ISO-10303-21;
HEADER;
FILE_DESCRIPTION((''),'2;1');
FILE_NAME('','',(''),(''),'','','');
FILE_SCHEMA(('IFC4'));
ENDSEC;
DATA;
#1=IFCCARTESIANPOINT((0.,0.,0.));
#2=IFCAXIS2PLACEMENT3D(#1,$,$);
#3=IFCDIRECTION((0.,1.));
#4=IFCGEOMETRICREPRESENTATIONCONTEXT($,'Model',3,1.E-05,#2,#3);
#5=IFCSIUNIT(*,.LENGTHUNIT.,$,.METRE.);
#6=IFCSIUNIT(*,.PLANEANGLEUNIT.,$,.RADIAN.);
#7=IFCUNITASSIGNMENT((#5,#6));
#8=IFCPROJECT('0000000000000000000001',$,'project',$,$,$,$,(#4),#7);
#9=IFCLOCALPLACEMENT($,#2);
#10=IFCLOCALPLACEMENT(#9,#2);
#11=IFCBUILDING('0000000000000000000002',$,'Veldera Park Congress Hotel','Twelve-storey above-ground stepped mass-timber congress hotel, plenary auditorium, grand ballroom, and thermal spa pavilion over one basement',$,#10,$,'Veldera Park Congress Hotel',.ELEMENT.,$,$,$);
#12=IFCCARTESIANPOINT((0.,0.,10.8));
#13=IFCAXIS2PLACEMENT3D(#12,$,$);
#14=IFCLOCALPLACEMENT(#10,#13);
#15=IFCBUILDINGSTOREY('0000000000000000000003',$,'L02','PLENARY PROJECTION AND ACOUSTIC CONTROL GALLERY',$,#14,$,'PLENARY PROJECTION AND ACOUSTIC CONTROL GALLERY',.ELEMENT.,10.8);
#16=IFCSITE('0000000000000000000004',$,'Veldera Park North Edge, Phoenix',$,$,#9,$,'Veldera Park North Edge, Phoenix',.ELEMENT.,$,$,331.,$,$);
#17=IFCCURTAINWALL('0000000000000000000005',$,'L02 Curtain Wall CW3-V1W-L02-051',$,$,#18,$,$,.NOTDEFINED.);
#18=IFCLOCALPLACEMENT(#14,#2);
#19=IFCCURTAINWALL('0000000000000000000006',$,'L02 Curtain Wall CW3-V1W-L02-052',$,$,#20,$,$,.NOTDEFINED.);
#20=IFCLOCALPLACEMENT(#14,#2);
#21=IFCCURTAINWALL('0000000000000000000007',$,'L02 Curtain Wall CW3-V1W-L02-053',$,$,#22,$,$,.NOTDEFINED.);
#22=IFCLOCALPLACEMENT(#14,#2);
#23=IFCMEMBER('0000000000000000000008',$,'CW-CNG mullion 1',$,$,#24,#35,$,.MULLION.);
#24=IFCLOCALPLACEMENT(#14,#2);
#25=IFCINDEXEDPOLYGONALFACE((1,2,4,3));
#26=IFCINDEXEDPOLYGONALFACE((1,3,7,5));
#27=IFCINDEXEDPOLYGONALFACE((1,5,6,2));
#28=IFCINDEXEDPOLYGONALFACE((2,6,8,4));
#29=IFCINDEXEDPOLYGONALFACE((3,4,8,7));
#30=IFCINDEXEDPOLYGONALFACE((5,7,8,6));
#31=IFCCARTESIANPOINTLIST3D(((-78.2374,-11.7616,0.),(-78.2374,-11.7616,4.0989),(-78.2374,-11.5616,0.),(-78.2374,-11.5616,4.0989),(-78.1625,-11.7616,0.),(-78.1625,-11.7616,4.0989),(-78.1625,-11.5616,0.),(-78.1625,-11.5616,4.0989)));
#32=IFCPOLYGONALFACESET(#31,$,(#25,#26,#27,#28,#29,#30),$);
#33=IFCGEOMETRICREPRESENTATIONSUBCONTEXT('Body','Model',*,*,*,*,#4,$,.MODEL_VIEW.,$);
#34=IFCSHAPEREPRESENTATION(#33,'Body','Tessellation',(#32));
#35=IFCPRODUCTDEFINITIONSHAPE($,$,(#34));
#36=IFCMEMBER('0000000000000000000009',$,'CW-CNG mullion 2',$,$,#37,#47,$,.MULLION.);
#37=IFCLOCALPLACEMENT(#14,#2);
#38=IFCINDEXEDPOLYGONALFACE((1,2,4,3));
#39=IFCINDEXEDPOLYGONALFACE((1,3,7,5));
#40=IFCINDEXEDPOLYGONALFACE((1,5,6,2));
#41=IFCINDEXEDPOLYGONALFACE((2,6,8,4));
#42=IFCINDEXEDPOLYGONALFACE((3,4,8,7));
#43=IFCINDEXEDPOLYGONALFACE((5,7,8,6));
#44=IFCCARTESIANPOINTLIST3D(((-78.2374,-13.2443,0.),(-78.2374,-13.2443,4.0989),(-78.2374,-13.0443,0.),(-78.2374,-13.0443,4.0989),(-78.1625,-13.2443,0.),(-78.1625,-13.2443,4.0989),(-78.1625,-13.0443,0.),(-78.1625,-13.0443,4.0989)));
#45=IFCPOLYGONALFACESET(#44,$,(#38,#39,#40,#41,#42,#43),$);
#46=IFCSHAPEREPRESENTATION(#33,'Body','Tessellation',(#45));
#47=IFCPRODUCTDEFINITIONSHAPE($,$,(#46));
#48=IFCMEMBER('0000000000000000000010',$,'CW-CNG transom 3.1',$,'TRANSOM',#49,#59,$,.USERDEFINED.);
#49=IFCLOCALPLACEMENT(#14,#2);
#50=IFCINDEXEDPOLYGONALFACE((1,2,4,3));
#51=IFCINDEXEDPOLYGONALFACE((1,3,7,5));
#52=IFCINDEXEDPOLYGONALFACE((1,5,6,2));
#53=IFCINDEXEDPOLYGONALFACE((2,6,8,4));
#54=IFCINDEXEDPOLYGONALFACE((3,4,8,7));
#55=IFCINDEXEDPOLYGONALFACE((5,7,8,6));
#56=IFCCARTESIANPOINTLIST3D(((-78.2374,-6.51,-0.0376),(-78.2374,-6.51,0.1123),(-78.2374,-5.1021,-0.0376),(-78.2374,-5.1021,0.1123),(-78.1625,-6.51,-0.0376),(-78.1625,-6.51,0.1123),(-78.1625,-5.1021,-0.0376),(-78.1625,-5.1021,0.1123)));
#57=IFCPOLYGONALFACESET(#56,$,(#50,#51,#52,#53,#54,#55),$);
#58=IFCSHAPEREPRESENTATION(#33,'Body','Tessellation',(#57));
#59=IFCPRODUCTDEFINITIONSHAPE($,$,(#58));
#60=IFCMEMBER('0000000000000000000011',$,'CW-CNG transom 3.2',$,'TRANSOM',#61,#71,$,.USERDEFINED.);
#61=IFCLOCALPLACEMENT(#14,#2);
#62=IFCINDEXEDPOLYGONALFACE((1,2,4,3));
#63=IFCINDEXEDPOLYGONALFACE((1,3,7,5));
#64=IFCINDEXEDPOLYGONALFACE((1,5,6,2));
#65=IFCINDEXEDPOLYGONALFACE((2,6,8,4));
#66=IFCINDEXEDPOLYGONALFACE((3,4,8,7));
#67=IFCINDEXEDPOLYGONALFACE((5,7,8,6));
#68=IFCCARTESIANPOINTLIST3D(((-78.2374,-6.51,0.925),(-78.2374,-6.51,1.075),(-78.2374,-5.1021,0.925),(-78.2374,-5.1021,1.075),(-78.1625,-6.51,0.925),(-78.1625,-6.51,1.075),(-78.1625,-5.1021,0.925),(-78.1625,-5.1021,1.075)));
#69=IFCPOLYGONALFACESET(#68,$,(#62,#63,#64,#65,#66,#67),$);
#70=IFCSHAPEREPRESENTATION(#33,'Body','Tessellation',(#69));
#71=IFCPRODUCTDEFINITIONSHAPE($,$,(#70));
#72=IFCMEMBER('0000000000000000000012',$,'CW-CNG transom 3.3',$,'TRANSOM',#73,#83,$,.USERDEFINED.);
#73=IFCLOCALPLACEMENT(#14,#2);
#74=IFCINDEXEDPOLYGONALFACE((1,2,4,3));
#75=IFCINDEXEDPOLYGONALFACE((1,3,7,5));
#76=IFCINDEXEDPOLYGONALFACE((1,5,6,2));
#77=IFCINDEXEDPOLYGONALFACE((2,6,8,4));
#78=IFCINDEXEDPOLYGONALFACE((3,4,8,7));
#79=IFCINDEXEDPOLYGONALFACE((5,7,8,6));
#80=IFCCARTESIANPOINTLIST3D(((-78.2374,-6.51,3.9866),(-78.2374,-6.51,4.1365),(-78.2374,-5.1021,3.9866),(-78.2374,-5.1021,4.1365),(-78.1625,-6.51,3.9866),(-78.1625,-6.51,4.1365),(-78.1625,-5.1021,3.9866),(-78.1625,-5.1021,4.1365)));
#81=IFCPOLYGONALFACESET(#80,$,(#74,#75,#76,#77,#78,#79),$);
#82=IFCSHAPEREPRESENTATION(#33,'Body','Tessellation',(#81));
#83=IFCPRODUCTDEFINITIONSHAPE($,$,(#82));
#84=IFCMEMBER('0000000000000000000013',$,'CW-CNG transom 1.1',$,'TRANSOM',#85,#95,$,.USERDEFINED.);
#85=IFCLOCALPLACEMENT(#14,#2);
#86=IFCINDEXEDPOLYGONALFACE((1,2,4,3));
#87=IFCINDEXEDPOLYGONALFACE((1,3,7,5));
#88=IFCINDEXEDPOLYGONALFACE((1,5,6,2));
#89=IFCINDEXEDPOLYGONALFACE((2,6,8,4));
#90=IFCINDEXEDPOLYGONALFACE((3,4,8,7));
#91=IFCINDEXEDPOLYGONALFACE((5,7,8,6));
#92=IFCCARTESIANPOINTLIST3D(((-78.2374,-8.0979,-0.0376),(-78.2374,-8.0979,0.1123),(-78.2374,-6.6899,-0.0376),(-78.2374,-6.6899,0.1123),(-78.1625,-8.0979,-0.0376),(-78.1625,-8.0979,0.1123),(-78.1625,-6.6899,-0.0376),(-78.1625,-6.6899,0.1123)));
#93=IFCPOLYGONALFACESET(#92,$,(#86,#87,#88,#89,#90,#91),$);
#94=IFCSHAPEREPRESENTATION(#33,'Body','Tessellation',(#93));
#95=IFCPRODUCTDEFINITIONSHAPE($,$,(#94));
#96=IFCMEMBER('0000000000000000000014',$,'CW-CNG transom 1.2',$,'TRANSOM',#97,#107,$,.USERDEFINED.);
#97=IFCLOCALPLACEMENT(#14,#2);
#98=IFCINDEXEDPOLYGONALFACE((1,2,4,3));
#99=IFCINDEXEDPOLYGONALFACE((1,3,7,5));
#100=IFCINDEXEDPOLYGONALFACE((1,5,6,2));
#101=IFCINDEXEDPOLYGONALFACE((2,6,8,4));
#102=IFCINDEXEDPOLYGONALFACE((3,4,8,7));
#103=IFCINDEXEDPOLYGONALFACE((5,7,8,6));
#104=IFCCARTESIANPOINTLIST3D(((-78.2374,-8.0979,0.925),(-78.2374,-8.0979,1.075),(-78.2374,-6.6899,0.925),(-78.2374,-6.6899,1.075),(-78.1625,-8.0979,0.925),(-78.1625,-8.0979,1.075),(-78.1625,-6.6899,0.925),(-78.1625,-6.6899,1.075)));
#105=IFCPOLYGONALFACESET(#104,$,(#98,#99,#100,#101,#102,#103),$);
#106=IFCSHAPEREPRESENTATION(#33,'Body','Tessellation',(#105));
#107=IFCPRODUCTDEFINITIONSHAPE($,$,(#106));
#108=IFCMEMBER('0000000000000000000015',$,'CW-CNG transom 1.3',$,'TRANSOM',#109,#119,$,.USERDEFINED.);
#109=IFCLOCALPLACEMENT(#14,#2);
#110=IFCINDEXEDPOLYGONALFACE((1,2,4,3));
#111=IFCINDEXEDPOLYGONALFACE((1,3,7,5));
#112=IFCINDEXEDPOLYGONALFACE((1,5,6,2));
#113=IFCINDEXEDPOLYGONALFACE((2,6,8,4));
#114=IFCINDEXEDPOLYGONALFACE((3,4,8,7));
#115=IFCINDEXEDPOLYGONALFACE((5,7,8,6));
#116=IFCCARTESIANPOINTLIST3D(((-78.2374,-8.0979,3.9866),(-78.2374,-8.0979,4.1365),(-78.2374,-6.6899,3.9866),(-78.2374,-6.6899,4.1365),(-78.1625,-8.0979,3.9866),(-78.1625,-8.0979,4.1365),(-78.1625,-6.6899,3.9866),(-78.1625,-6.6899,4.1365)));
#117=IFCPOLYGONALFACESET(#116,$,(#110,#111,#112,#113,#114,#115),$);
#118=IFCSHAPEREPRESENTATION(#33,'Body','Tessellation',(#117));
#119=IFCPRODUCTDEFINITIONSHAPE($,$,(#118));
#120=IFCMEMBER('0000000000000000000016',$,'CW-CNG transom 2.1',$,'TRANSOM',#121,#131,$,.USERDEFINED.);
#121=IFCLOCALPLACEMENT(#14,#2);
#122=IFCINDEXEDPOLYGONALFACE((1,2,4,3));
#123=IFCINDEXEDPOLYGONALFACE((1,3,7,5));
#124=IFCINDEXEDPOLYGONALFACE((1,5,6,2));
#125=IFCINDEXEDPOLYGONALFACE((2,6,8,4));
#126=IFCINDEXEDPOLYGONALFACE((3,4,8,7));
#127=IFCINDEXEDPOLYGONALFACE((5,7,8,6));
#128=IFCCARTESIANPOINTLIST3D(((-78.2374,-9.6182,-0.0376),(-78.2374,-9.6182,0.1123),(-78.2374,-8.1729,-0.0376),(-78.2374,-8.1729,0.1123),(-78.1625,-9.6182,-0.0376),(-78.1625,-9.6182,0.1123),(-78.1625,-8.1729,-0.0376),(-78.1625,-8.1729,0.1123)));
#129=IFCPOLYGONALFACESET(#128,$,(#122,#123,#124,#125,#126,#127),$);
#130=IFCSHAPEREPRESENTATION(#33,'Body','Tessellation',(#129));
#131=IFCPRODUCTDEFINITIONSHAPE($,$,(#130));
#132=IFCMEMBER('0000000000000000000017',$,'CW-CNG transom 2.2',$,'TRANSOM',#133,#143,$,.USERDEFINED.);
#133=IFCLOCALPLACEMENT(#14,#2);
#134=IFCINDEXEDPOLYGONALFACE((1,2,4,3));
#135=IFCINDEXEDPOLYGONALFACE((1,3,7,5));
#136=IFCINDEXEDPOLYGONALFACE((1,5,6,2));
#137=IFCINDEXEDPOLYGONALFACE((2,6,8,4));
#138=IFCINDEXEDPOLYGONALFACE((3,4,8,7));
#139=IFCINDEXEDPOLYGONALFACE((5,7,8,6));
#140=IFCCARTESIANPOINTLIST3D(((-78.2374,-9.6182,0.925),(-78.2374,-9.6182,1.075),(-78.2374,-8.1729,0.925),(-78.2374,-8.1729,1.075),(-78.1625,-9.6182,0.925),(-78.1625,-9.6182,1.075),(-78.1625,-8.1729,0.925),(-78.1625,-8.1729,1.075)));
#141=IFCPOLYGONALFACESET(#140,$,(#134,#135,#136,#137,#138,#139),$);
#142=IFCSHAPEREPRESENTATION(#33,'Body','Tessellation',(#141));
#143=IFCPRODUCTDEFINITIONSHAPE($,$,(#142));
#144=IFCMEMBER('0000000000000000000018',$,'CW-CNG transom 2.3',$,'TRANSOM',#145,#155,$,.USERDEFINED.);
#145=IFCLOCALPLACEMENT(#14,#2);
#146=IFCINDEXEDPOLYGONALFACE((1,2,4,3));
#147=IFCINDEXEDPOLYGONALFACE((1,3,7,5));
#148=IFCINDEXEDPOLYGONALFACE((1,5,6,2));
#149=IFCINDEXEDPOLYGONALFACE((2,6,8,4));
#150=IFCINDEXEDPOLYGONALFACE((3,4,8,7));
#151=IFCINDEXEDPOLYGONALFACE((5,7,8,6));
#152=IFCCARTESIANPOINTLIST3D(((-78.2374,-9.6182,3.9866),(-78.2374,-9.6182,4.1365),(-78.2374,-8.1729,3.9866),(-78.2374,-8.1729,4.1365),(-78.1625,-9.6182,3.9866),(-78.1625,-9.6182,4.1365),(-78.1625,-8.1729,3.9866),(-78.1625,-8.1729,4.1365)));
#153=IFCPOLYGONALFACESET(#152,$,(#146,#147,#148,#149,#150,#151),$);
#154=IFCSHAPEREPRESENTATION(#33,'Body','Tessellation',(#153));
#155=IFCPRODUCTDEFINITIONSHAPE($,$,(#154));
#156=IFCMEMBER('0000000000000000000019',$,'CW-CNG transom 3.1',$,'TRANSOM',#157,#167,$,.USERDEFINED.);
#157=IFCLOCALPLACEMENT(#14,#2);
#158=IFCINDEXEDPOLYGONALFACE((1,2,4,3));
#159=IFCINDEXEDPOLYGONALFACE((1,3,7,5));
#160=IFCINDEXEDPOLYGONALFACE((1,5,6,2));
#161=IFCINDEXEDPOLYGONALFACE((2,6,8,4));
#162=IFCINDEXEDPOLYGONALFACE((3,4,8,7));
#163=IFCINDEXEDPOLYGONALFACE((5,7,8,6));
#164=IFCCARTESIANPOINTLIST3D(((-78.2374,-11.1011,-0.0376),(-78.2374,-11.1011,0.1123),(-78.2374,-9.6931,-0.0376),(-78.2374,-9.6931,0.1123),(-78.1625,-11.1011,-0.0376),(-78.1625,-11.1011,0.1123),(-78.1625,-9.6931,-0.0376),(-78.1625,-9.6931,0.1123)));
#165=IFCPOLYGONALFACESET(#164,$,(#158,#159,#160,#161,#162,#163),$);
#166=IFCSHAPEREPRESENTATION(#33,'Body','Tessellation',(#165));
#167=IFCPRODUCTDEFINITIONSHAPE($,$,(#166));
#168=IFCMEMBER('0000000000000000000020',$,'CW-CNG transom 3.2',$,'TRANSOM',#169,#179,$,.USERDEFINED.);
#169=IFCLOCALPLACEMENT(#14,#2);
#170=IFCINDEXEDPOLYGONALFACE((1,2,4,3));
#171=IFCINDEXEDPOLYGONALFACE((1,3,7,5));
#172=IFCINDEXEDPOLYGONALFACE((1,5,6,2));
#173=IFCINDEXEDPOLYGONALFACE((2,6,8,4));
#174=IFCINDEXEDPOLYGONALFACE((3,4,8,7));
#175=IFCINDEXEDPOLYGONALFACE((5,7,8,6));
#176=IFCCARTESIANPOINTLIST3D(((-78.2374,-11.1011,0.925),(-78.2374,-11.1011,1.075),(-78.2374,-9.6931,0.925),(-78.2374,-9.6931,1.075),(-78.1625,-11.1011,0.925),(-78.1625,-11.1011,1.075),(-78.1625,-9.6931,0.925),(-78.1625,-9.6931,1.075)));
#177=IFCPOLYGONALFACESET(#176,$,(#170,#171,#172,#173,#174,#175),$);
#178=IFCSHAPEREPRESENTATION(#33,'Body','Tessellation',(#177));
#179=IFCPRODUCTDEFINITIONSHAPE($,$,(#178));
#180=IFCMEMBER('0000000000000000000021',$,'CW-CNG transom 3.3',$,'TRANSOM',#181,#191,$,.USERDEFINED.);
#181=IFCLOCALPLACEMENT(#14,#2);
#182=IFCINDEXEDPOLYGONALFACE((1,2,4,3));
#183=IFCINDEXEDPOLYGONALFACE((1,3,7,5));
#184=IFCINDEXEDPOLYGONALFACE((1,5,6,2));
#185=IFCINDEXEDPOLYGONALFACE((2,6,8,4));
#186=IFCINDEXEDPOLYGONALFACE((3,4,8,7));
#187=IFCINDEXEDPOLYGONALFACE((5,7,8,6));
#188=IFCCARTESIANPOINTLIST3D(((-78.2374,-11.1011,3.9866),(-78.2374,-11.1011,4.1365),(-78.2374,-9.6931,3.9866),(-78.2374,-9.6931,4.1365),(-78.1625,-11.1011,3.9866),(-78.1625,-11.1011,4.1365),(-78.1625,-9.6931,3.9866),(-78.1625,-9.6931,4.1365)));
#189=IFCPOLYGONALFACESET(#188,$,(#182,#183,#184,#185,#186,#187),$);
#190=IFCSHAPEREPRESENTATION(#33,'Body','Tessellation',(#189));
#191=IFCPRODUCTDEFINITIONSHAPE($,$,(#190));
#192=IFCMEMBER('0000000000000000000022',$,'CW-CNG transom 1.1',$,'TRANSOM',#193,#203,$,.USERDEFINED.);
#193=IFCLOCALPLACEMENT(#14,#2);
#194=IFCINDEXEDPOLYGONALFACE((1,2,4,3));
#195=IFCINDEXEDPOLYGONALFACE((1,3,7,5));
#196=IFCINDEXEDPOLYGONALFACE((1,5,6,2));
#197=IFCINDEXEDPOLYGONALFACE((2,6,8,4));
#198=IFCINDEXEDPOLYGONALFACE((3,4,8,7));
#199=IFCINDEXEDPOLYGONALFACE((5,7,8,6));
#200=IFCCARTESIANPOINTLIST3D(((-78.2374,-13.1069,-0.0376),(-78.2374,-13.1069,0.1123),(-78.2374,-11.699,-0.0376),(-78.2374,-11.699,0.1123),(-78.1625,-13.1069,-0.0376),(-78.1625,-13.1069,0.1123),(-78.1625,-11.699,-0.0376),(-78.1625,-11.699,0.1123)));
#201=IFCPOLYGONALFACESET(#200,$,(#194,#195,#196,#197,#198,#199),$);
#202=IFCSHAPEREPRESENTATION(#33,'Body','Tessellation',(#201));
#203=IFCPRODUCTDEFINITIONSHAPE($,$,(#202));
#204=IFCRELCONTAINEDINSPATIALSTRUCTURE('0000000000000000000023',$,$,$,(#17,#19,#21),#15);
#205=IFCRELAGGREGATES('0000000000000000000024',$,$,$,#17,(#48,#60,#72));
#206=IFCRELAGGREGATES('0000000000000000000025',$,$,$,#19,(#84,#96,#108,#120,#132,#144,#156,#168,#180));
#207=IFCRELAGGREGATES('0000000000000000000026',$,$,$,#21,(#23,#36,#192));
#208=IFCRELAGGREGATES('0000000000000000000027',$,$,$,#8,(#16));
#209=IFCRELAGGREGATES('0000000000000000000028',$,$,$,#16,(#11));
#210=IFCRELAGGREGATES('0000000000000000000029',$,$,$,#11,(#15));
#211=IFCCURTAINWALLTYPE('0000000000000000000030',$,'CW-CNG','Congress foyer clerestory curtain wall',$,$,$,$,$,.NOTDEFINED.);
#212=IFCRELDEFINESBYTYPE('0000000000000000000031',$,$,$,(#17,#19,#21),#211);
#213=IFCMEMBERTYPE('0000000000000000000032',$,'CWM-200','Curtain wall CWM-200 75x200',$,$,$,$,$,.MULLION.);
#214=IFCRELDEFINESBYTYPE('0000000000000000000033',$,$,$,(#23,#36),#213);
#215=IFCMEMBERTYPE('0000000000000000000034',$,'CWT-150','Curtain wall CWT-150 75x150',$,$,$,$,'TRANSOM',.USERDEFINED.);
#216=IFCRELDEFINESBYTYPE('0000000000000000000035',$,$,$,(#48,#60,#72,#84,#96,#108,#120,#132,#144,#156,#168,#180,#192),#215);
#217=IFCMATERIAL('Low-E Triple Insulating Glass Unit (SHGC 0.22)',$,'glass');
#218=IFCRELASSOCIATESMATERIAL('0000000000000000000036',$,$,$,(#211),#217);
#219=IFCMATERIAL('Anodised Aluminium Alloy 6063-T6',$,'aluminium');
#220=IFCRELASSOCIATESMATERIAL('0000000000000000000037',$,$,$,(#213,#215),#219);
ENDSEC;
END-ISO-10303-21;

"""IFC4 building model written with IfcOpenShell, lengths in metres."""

from ifc_helpers import new_model, si_unit, direction, frame, origin, origin_2d, place, context, subcontext, project, spatial, rectangle, extrude, material, material_profile, profile_set, type_object, element, aggregate, save


model = new_model("IFC4")

# Units and contexts
model_context = context("Model", 3, precision=1e-05, world=origin(), true_north=direction((0.0, 1.0)))
body_context = subcontext(model_context, "Body", "Model", "MODEL_VIEW")
ifc_project = project(units=[si_unit("LENGTHUNIT", "METRE"), si_unit("PLANEANGLEUNIT", "RADIAN")], contexts=[model_context])

# Site, building, storey
site_placement = place(None, origin())
site = spatial("IfcSite", under=ifc_project, at=site_placement, Name="Veldera Park North Edge, Phoenix", LongName="Veldera Park North Edge, Phoenix", CompositionType="ELEMENT", RefElevation=331.0)
building_placement = place(site_placement, origin())
building = spatial("IfcBuilding", under=site, at=building_placement, Name="Veldera Park Congress Hotel", Description="Twelve-storey above-ground stepped mass-timber congress hotel, plenary auditorium, grand ballroom, and thermal spa pavilion over one basement", LongName="Veldera Park Congress Hotel", CompositionType="ELEMENT")
storey_placement = place(building_placement, frame((0.0, 0.0, 10.8)))
storey = spatial("IfcBuildingStorey", under=building, at=storey_placement, Name="L02", Description="PLENARY PROJECTION AND ACOUSTIC CONTROL GALLERY", LongName="PLENARY PROJECTION AND ACOUSTIC CONTROL GALLERY", CompositionType="ELEMENT", Elevation=10.8)

# Curtain walls, members
ifc_material_1 = material(Name="Low-E Triple Insulating Glass Unit (SHGC 0.22)", Category="glass")
curtain_wall_type = type_object("IfcCurtainWallType", Name="CW-CNG", Description="Congress foyer clerestory curtain wall", PredefinedType="NOTDEFINED", material=ifc_material_1)
curtain_wall_1_placement = place(storey_placement, origin())
curtain_wall_1 = element("IfcCurtainWall", 1, at=curtain_wall_1_placement, inside=storey, type_object=curtain_wall_type, Name="L02 Curtain Wall CW3-V1W-L02-051", PredefinedType="NOTDEFINED")
ifc_material_2 = material(Name="Anodised Aluminium Alloy 6063-T6", Category="aluminium")
ifc_material_profile_1 = material_profile(ifc_material_2, rectangle(XDim=0.075, YDim=0.2, at=origin_2d()), Name="ALU 75x200")
ifc_profile_set_1 = profile_set([ifc_material_profile_1], Name="Anodised Aluminium Alloy 6063-T6")
member_type_1 = type_object("IfcMemberType", Name="CWM-200", Description="Curtain wall CWM-200 75x200", PredefinedType="MULLION", material=ifc_profile_set_1)
curtain_wall_2_placement = place(storey_placement, origin())
curtain_wall_2 = element("IfcCurtainWall", 2, at=curtain_wall_2_placement, inside=storey, type_object=curtain_wall_type, Name="L02 Curtain Wall CW3-V1W-L02-052", PredefinedType="NOTDEFINED")
curtain_wall_3_placement = place(storey_placement, origin())
curtain_wall_3 = element("IfcCurtainWall", 3, at=curtain_wall_3_placement, inside=storey, type_object=curtain_wall_type, Name="L02 Curtain Wall CW3-V1W-L02-053", PredefinedType="NOTDEFINED")
member_1_placement = place(storey_placement, frame((-78.2, -11.6616, 0.0), z_axis=(0.0, 0.0, 1.0), x_axis=(1.0, 0.0, 0.0)))
member_1 = element("IfcMember", 4, at=member_1_placement, type_object=member_type_1, Name="CW-CNG mullion 1", PredefinedType="MULLION", context=body_context, shape_type="SweptSolid", body=[
    extrude(rectangle(XDim=0.075, YDim=0.2, at=origin_2d()), origin(), (0.0, 0.0, 1.0), 4.0989),
])
member_2_placement = place(storey_placement, frame((-78.2, -13.1443, 0.0), z_axis=(0.0, 0.0, 1.0), x_axis=(1.0, 0.0, 0.0)))
member_2 = element("IfcMember", 5, at=member_2_placement, type_object=member_type_1, Name="CW-CNG mullion 2", PredefinedType="MULLION", context=body_context, shape_type="SweptSolid", body=[
    extrude(rectangle(XDim=0.075, YDim=0.2, at=origin_2d()), origin(), (0.0, 0.0, 1.0), 4.0989),
])

# Members
ifc_material_profile_2 = material_profile(ifc_material_2, rectangle(XDim=0.075, YDim=0.1499, at=origin_2d()), Name="ALU 75x150")
ifc_profile_set_2 = profile_set([ifc_material_profile_2], Name="Anodised Aluminium Alloy 6063-T6")
member_type_2 = type_object("IfcMemberType", Name="CWT-150", Description="Curtain wall CWT-150 75x150", ElementType="TRANSOM", PredefinedType="USERDEFINED", material=ifc_profile_set_2)
member_3_placement = place(storey_placement, frame((-78.2, -5.1021, 0.0374), z_axis=(0.0, -1.0, 0.0), x_axis=(1.0, 0.0, 0.0)))
member_3 = element("IfcMember", 6, at=member_3_placement, type_object=member_type_2, Name="CW-CNG transom 3.1", ObjectType="TRANSOM", PredefinedType="USERDEFINED", context=body_context, shape_type="SweptSolid", body=[
    extrude(rectangle(XDim=0.075, YDim=0.1499, at=origin_2d()), origin(), (0.0, 0.0, 1.0), 1.408),
])
member_4_placement = place(storey_placement, frame((-78.2, -5.1021, 1.0), z_axis=(0.0, -1.0, 0.0), x_axis=(1.0, 0.0, 0.0)))
member_4 = element("IfcMember", 7, at=member_4_placement, type_object=member_type_2, Name="CW-CNG transom 3.2", ObjectType="TRANSOM", PredefinedType="USERDEFINED", context=body_context, shape_type="SweptSolid", body=[
    extrude(rectangle(XDim=0.075, YDim=0.1499, at=origin_2d()), origin(), (0.0, 0.0, 1.0), 1.408),
])
member_5_placement = place(storey_placement, frame((-78.2, -5.1021, 4.0615), z_axis=(0.0, -1.0, 0.0), x_axis=(1.0, 0.0, 0.0)))
member_5 = element("IfcMember", 8, at=member_5_placement, type_object=member_type_2, Name="CW-CNG transom 3.3", ObjectType="TRANSOM", PredefinedType="USERDEFINED", context=body_context, shape_type="SweptSolid", body=[
    extrude(rectangle(XDim=0.075, YDim=0.1499, at=origin_2d()), origin(), (0.0, 0.0, 1.0), 1.408),
])
member_6_placement = place(storey_placement, frame((-78.2, -6.6899, 0.0374), z_axis=(0.0, -1.0, 0.0), x_axis=(1.0, 0.0, 0.0)))
member_6 = element("IfcMember", 9, at=member_6_placement, type_object=member_type_2, Name="CW-CNG transom 1.1", ObjectType="TRANSOM", PredefinedType="USERDEFINED", context=body_context, shape_type="SweptSolid", body=[
    extrude(rectangle(XDim=0.075, YDim=0.1499, at=origin_2d()), origin(), (0.0, 0.0, 1.0), 1.408),
])
member_7_placement = place(storey_placement, frame((-78.2, -6.6899, 1.0), z_axis=(0.0, -1.0, 0.0), x_axis=(1.0, 0.0, 0.0)))
member_7 = element("IfcMember", 10, at=member_7_placement, type_object=member_type_2, Name="CW-CNG transom 1.2", ObjectType="TRANSOM", PredefinedType="USERDEFINED", context=body_context, shape_type="SweptSolid", body=[
    extrude(rectangle(XDim=0.075, YDim=0.1499, at=origin_2d()), origin(), (0.0, 0.0, 1.0), 1.408),
])
member_8_placement = place(storey_placement, frame((-78.2, -6.6899, 4.0615), z_axis=(0.0, -1.0, 0.0), x_axis=(1.0, 0.0, 0.0)))
member_8 = element("IfcMember", 11, at=member_8_placement, type_object=member_type_2, Name="CW-CNG transom 1.3", ObjectType="TRANSOM", PredefinedType="USERDEFINED", context=body_context, shape_type="SweptSolid", body=[
    extrude(rectangle(XDim=0.075, YDim=0.1499, at=origin_2d()), origin(), (0.0, 0.0, 1.0), 1.408),
])
member_9_placement = place(storey_placement, frame((-78.2, -8.1729, 0.0374), z_axis=(0.0, -1.0, 0.0), x_axis=(1.0, 0.0, 0.0)))
member_9 = element("IfcMember", 12, at=member_9_placement, type_object=member_type_2, Name="CW-CNG transom 2.1", ObjectType="TRANSOM", PredefinedType="USERDEFINED", context=body_context, shape_type="SweptSolid", body=[
    extrude(rectangle(XDim=0.075, YDim=0.1499, at=origin_2d()), origin(), (0.0, 0.0, 1.0), 1.4453),
])
member_10_placement = place(storey_placement, frame((-78.2, -8.1729, 1.0), z_axis=(0.0, -1.0, 0.0), x_axis=(1.0, 0.0, 0.0)))
member_10 = element("IfcMember", 13, at=member_10_placement, type_object=member_type_2, Name="CW-CNG transom 2.2", ObjectType="TRANSOM", PredefinedType="USERDEFINED", context=body_context, shape_type="SweptSolid", body=[
    extrude(rectangle(XDim=0.075, YDim=0.1499, at=origin_2d()), origin(), (0.0, 0.0, 1.0), 1.4453),
])
member_11_placement = place(storey_placement, frame((-78.2, -8.1729, 4.0615), z_axis=(0.0, -1.0, 0.0), x_axis=(1.0, 0.0, 0.0)))
member_11 = element("IfcMember", 14, at=member_11_placement, type_object=member_type_2, Name="CW-CNG transom 2.3", ObjectType="TRANSOM", PredefinedType="USERDEFINED", context=body_context, shape_type="SweptSolid", body=[
    extrude(rectangle(XDim=0.075, YDim=0.1499, at=origin_2d()), origin(), (0.0, 0.0, 1.0), 1.4453),
])
member_12_placement = place(storey_placement, frame((-78.2, -9.6931, 0.0374), z_axis=(0.0, -1.0, 0.0), x_axis=(1.0, 0.0, 0.0)))
member_12 = element("IfcMember", 15, at=member_12_placement, type_object=member_type_2, Name="CW-CNG transom 3.1", ObjectType="TRANSOM", PredefinedType="USERDEFINED", context=body_context, shape_type="SweptSolid", body=[
    extrude(rectangle(XDim=0.075, YDim=0.1499, at=origin_2d()), origin(), (0.0, 0.0, 1.0), 1.408),
])
member_13_placement = place(storey_placement, frame((-78.2, -9.6931, 1.0), z_axis=(0.0, -1.0, 0.0), x_axis=(1.0, 0.0, 0.0)))
member_13 = element("IfcMember", 16, at=member_13_placement, type_object=member_type_2, Name="CW-CNG transom 3.2", ObjectType="TRANSOM", PredefinedType="USERDEFINED", context=body_context, shape_type="SweptSolid", body=[
    extrude(rectangle(XDim=0.075, YDim=0.1499, at=origin_2d()), origin(), (0.0, 0.0, 1.0), 1.408),
])
member_14_placement = place(storey_placement, frame((-78.2, -9.6931, 4.0615), z_axis=(0.0, -1.0, 0.0), x_axis=(1.0, 0.0, 0.0)))
member_14 = element("IfcMember", 17, at=member_14_placement, type_object=member_type_2, Name="CW-CNG transom 3.3", ObjectType="TRANSOM", PredefinedType="USERDEFINED", context=body_context, shape_type="SweptSolid", body=[
    extrude(rectangle(XDim=0.075, YDim=0.1499, at=origin_2d()), origin(), (0.0, 0.0, 1.0), 1.408),
])
member_15_placement = place(storey_placement, frame((-78.2, -11.699, 0.0374), z_axis=(0.0, -1.0, 0.0), x_axis=(1.0, 0.0, 0.0)))
member_15 = element("IfcMember", 18, at=member_15_placement, type_object=member_type_2, Name="CW-CNG transom 1.1", ObjectType="TRANSOM", PredefinedType="USERDEFINED", context=body_context, shape_type="SweptSolid", body=[
    extrude(rectangle(XDim=0.075, YDim=0.1499, at=origin_2d()), origin(), (0.0, 0.0, 1.0), 1.408),
])

aggregate(curtain_wall_1, [member_3, member_4, member_5])
aggregate(curtain_wall_2, [member_6, member_7, member_8, member_9, member_10, member_11, member_12, member_13, member_14])
aggregate(curtain_wall_3, [member_1, member_2, member_15])

save(model, "model.ifc")
